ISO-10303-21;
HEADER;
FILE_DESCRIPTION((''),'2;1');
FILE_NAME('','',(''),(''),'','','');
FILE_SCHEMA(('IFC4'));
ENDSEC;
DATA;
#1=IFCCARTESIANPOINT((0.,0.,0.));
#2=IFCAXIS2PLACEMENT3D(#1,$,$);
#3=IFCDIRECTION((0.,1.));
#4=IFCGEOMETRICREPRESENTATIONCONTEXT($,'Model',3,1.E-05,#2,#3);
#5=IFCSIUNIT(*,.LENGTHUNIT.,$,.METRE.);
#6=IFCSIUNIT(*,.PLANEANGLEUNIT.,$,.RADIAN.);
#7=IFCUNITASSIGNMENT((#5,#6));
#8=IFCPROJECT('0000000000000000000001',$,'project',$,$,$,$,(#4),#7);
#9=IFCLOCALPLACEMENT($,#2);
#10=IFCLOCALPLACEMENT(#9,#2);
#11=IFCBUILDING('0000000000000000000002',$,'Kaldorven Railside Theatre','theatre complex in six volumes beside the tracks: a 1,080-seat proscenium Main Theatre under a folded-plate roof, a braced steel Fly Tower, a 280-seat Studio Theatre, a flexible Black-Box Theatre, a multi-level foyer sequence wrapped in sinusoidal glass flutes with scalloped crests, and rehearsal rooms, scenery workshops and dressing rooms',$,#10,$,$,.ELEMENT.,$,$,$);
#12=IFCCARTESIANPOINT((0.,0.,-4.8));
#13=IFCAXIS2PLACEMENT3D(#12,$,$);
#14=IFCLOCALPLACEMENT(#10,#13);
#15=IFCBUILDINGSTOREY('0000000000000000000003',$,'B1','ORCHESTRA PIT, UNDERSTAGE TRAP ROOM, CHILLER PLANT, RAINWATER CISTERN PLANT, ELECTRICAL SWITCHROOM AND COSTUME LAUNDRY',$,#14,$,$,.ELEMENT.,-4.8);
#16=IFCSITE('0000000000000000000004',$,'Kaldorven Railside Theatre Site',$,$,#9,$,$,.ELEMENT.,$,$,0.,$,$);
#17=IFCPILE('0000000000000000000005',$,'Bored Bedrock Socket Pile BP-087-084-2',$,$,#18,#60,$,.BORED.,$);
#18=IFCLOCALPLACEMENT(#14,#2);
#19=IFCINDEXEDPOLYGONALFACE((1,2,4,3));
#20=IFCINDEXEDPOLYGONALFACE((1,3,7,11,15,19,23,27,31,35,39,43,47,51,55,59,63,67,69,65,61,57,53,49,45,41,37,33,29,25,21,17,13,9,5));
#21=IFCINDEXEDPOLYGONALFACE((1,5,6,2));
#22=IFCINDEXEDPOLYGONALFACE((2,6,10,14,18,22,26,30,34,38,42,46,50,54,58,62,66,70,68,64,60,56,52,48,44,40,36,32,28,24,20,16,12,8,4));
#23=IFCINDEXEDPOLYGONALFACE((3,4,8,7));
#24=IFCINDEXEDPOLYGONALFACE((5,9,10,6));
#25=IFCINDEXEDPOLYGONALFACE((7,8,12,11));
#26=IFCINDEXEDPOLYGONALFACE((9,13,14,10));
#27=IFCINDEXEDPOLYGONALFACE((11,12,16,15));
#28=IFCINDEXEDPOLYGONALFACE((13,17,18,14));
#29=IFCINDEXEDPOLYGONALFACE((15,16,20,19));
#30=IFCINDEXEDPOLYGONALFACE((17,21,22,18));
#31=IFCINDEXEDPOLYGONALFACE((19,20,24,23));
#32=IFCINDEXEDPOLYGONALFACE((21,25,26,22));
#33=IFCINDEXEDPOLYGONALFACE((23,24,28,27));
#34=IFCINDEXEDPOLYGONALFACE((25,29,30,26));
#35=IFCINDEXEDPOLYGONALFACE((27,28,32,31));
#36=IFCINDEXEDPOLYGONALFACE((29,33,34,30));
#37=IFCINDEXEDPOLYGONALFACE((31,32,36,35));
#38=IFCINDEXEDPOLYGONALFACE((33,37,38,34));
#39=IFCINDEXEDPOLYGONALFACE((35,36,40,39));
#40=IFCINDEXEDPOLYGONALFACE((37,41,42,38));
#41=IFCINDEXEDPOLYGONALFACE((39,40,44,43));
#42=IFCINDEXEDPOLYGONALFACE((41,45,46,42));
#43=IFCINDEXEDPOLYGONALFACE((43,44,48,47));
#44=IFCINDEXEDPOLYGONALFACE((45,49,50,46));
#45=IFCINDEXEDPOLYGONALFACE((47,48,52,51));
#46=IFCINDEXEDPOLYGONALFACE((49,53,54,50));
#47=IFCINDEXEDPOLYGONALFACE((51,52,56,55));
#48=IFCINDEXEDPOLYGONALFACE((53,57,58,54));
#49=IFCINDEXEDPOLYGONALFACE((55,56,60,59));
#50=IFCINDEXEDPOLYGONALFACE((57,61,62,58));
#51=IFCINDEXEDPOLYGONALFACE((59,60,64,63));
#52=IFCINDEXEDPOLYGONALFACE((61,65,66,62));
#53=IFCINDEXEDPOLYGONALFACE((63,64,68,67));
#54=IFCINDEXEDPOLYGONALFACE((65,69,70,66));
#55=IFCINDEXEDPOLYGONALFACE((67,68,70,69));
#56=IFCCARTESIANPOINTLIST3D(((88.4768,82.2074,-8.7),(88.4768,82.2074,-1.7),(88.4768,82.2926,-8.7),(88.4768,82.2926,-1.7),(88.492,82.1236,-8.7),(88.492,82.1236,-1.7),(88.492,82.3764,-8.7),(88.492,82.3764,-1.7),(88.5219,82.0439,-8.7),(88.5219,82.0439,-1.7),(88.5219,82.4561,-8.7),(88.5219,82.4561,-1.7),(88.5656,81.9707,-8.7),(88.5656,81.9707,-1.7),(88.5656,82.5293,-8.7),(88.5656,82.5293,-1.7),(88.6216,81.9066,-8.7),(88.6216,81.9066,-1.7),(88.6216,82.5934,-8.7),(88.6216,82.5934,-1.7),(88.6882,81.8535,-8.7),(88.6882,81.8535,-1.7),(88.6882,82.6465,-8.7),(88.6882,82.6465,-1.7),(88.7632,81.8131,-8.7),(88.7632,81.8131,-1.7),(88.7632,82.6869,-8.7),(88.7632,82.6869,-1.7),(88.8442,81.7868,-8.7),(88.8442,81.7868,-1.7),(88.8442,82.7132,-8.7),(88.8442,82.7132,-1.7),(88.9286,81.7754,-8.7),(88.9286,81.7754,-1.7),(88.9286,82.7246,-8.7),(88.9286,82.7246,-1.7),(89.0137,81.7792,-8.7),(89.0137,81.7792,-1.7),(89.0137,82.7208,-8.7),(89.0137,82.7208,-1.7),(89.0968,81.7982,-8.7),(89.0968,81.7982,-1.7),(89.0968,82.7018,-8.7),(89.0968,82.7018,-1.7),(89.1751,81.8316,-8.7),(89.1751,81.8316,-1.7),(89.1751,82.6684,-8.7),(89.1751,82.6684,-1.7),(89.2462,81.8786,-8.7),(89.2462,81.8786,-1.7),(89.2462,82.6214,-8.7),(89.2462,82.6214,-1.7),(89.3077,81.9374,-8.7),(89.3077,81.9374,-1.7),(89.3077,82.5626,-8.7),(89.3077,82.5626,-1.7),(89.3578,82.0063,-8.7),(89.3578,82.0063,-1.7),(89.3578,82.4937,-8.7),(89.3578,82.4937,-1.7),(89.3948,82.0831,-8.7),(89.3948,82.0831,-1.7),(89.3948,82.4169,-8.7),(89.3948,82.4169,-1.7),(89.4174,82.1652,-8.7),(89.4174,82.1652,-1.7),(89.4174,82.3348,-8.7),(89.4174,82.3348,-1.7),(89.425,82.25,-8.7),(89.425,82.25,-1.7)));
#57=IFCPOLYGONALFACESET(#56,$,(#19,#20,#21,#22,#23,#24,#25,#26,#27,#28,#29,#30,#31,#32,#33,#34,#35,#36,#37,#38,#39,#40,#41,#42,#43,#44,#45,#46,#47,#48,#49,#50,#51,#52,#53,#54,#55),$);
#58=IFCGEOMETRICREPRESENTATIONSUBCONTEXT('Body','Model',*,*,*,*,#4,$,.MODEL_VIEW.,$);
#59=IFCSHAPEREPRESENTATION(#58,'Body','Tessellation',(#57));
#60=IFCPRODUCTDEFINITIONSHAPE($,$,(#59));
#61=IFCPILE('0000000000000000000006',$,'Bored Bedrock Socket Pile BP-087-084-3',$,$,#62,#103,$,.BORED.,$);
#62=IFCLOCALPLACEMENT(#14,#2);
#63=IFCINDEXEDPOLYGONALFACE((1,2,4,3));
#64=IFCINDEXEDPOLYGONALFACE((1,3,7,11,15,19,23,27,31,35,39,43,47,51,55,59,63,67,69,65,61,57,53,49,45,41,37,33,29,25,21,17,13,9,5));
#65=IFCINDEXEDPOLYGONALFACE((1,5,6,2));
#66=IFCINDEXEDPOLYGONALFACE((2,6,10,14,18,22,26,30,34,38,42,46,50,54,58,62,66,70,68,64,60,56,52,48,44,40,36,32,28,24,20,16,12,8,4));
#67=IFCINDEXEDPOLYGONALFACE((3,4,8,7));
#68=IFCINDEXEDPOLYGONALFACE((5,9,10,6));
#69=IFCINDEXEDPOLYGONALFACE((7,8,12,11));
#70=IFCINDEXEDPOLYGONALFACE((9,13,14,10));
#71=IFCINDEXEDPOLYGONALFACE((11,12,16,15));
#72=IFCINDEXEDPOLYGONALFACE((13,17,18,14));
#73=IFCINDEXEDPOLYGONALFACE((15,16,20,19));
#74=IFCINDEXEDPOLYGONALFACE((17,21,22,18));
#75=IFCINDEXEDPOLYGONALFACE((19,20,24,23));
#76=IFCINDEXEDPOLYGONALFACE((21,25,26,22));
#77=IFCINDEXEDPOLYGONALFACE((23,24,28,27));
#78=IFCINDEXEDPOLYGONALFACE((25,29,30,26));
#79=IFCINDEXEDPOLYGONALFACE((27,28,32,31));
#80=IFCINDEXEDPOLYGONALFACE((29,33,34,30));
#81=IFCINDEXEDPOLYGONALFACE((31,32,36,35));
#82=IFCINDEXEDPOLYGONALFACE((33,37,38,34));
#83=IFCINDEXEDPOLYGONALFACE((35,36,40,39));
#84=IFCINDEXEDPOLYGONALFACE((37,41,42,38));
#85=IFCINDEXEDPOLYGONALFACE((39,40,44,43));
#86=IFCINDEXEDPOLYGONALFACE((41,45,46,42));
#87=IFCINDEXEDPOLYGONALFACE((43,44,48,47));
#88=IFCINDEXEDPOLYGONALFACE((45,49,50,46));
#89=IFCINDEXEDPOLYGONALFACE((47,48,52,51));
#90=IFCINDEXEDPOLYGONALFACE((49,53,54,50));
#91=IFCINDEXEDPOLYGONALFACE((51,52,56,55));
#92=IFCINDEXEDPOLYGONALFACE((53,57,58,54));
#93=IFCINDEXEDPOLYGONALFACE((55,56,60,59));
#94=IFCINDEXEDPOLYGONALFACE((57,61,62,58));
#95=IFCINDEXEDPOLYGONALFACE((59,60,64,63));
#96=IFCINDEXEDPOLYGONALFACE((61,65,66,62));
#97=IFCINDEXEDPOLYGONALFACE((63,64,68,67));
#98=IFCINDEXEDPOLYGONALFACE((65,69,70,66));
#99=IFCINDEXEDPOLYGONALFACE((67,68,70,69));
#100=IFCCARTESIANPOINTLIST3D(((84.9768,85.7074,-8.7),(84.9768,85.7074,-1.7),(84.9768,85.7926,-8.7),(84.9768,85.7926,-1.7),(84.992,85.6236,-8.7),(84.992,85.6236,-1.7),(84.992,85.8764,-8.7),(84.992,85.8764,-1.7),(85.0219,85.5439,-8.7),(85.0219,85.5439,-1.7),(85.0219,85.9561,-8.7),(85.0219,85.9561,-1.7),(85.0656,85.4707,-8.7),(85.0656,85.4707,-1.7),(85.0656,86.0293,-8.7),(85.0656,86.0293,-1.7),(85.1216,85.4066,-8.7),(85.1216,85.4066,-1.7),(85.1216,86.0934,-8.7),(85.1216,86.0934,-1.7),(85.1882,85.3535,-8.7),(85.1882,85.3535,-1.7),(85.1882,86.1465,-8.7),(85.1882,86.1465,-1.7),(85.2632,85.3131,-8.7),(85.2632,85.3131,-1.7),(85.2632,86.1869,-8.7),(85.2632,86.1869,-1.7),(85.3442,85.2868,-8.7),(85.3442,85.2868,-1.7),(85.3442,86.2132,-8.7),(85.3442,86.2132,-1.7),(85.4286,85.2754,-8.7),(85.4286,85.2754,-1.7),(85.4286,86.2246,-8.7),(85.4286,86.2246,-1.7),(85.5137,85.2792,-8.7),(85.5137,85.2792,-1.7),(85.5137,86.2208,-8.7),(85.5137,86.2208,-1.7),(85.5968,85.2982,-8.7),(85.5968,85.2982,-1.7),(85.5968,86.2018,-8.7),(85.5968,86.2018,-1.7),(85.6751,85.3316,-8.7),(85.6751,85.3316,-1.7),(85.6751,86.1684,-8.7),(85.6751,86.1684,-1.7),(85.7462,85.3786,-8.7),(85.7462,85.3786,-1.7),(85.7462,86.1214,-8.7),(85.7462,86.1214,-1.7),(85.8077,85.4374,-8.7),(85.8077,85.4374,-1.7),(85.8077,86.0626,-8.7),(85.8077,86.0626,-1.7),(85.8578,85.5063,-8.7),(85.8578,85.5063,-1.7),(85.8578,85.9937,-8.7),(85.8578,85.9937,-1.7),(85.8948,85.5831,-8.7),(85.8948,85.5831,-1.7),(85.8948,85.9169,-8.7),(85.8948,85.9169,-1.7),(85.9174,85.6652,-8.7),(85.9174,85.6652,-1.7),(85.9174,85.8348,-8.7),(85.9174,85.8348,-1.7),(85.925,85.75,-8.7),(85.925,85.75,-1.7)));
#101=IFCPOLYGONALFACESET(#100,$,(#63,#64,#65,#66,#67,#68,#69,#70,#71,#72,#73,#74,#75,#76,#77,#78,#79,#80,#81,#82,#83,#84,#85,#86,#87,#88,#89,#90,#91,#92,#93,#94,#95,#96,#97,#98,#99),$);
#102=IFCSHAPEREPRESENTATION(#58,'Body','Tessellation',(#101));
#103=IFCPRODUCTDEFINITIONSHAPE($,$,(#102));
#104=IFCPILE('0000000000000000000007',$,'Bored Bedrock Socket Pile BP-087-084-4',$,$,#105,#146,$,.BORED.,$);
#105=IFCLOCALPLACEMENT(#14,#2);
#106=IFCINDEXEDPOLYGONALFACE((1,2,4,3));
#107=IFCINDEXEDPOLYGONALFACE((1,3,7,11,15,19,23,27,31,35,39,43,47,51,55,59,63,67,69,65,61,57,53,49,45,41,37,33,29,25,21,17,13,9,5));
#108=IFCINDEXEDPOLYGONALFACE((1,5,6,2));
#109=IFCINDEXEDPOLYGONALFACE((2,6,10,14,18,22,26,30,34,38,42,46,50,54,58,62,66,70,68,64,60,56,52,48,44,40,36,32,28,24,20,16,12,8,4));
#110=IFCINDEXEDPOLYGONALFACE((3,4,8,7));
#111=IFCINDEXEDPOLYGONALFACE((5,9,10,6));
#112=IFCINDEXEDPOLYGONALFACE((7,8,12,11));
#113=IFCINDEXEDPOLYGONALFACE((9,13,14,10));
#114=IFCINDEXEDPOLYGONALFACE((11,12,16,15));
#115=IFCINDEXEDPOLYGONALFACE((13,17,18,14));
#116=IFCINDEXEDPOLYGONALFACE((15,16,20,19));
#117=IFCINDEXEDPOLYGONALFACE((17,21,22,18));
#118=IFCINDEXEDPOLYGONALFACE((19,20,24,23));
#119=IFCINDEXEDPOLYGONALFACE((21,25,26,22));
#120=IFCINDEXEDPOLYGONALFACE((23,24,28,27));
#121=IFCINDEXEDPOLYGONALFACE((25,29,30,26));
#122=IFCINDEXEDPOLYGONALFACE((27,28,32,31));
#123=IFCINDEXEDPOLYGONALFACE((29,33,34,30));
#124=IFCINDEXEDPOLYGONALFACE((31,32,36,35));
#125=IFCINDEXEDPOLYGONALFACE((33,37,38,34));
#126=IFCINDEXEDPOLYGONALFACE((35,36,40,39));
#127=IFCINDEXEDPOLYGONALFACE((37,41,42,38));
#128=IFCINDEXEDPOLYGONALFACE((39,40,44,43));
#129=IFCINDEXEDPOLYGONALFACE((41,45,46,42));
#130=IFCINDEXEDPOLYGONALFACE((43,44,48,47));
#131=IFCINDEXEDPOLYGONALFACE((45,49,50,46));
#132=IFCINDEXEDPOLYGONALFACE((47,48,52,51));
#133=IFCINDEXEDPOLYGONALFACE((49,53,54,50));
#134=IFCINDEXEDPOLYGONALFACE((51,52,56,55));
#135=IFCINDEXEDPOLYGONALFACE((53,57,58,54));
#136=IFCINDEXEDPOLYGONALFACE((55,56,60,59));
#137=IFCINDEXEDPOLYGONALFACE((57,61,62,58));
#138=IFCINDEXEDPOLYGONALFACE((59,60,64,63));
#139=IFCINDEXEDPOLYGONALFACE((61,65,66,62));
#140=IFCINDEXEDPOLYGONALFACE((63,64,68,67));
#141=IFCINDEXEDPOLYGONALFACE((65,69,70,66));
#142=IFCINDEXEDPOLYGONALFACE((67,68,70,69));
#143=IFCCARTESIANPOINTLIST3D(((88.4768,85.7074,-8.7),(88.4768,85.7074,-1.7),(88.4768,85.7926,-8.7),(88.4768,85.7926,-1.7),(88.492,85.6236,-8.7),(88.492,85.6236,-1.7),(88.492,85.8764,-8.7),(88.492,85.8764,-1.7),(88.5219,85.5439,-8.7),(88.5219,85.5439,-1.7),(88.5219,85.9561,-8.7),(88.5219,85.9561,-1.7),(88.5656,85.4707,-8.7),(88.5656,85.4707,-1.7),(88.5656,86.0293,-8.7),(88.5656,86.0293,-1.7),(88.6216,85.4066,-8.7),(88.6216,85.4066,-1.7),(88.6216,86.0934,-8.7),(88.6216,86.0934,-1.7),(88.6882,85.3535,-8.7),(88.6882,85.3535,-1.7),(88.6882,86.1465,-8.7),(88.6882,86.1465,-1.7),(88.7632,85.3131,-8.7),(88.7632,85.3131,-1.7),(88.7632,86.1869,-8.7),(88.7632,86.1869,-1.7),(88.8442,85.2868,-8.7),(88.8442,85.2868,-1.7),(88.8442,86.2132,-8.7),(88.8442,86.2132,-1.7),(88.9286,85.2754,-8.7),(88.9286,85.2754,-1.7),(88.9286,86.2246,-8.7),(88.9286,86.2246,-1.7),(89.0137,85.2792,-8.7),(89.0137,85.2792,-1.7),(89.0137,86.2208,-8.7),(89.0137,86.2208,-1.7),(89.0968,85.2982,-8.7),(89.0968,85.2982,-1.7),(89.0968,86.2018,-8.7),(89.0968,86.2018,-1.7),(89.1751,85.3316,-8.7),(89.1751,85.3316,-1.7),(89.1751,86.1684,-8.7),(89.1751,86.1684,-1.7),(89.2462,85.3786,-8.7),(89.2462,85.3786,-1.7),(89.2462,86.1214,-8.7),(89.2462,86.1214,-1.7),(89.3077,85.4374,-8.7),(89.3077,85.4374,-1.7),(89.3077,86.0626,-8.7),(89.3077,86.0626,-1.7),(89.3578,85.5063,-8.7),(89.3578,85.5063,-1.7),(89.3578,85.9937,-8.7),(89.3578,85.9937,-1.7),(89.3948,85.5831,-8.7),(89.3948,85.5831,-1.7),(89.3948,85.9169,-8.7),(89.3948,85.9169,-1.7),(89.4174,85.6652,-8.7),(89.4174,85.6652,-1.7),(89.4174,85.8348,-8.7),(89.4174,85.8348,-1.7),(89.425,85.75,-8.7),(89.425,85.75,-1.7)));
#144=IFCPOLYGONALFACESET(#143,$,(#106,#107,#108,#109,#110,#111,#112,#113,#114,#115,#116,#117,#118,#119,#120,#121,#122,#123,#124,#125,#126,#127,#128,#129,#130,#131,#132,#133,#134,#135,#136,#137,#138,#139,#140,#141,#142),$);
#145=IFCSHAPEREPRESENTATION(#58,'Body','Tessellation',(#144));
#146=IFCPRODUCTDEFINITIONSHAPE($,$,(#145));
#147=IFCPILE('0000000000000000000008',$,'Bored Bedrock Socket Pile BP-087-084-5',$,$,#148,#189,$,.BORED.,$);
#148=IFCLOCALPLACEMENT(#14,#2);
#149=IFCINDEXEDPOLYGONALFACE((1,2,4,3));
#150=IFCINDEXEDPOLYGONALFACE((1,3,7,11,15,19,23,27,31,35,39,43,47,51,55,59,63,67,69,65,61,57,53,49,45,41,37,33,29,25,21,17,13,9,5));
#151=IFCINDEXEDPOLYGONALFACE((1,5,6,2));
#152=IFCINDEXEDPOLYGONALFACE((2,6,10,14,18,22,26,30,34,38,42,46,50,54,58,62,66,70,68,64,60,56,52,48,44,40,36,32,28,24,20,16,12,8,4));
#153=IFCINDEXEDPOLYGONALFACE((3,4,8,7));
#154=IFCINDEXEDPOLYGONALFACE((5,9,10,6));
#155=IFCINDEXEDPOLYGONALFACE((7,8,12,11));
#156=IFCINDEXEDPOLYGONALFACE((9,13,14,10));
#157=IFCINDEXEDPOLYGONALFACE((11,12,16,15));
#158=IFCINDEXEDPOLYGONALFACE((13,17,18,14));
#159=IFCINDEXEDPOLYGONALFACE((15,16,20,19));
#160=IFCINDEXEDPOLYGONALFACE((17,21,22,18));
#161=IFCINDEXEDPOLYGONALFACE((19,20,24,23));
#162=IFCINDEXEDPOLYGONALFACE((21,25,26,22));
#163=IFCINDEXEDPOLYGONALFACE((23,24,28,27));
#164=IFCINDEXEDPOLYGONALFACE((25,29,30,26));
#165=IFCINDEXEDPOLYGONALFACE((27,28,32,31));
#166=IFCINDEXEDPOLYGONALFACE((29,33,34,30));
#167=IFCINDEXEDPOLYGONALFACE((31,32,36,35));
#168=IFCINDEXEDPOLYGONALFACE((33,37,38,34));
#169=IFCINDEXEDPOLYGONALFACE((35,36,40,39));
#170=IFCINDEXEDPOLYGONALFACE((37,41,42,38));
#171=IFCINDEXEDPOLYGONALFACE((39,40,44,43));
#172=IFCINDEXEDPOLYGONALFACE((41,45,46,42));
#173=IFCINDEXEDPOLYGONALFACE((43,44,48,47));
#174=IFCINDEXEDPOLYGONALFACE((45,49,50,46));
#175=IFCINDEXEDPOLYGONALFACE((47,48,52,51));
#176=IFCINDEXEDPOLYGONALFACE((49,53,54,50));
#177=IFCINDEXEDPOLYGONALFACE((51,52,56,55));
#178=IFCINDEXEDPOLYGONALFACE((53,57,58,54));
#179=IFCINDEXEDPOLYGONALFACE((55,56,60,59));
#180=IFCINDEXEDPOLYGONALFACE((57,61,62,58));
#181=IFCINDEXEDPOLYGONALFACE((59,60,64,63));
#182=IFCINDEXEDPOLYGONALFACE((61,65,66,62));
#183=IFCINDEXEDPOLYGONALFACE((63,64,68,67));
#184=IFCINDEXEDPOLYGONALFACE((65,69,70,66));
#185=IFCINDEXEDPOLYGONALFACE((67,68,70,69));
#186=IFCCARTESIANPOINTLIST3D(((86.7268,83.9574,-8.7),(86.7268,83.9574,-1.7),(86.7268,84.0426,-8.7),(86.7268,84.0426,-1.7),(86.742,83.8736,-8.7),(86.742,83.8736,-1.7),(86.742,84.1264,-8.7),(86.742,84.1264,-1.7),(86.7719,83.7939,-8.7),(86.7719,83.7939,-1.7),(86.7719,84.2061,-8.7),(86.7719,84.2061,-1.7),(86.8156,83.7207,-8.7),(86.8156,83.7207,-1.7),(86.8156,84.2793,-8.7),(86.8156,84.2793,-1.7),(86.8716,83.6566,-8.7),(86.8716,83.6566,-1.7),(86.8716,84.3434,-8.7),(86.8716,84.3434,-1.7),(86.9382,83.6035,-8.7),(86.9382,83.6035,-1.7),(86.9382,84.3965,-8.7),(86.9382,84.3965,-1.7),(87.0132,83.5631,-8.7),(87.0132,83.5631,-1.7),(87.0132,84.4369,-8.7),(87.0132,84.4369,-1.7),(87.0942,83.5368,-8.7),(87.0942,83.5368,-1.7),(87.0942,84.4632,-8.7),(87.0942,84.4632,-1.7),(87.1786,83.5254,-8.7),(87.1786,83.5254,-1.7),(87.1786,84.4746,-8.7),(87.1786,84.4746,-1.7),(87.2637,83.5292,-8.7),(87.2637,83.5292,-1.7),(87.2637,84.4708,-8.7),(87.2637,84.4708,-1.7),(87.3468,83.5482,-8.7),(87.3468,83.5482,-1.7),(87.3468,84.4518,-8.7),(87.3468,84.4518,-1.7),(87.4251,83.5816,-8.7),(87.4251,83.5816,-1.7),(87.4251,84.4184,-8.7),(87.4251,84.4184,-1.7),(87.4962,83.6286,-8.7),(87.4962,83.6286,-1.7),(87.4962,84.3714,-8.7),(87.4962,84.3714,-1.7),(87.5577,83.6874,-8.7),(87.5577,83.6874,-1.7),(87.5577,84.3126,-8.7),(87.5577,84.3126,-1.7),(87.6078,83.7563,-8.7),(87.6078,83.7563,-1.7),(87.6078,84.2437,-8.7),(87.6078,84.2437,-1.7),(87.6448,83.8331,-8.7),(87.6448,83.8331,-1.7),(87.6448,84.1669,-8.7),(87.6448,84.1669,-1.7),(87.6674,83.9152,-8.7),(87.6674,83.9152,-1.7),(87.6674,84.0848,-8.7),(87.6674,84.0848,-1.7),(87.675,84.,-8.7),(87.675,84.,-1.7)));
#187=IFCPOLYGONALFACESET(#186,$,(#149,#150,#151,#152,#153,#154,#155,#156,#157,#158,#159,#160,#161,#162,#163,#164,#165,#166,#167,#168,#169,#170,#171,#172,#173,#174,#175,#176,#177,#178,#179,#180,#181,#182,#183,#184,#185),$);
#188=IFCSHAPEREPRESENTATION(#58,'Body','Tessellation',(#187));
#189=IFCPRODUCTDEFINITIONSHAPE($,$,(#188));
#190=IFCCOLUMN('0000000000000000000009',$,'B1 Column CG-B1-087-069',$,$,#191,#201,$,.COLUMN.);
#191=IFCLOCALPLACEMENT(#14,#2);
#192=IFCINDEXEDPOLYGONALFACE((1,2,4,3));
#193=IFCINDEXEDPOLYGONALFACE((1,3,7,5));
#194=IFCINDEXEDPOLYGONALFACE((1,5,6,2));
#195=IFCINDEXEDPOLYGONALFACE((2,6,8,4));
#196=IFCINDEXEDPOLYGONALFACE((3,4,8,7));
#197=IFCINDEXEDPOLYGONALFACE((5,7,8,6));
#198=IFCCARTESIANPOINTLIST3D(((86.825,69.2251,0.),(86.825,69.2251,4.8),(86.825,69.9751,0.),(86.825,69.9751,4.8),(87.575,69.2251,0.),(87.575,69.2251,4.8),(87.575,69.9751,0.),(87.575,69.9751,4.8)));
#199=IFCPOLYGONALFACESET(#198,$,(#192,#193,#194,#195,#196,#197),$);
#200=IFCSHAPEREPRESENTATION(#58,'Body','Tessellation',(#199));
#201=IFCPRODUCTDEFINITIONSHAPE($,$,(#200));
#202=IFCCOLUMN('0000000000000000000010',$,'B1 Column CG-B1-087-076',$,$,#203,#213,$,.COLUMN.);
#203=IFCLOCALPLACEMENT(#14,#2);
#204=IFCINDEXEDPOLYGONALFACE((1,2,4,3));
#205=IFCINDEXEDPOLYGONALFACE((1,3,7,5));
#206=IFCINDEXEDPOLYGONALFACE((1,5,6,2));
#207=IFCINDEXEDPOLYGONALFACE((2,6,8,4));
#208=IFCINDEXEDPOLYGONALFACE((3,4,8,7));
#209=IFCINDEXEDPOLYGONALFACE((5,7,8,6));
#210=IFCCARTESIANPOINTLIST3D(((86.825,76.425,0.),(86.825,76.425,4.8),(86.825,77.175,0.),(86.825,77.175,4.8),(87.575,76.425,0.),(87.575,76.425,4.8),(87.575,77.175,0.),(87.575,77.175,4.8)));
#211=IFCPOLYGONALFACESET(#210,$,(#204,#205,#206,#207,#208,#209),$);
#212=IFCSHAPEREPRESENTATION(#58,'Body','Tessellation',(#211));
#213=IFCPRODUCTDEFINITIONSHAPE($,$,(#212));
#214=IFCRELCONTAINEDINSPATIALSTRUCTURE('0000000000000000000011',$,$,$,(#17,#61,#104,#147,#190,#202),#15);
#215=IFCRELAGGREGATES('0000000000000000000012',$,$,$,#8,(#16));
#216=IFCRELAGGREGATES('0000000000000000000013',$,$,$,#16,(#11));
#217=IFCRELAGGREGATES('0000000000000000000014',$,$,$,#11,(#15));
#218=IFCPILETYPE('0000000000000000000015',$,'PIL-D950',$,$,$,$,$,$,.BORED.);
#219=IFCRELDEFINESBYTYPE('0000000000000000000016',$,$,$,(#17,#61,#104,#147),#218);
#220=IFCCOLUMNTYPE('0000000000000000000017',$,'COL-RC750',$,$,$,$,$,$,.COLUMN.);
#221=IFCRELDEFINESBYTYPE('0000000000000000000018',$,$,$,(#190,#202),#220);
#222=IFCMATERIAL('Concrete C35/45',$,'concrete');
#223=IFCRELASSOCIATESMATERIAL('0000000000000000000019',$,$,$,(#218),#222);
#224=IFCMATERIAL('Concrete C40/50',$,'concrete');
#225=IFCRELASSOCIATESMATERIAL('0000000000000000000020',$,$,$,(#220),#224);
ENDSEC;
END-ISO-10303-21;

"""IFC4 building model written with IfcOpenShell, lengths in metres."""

from ifc_helpers import new_model, si_unit, direction, frame, origin, origin_2d, place, context, subcontext, project, spatial, rectangle, circle, extrude, material, material_profile, profile_set, type_object, element, save


model = new_model("IFC4")

# Units and contexts
model_context = context("Model", 3, precision=1e-05, world=origin(), true_north=direction((0.0, 1.0)))
body_context = subcontext(model_context, "Body", "Model", "MODEL_VIEW")
ifc_project = project(units=[si_unit("LENGTHUNIT", "METRE"), si_unit("PLANEANGLEUNIT", "RADIAN")], contexts=[model_context])

# Site, building, storey
site_placement = place(None, origin())
site = spatial("IfcSite", under=ifc_project, at=site_placement, Name="Kaldorven Railside Theatre Site", CompositionType="ELEMENT", RefElevation=0.0)
building_placement = place(site_placement, origin())
building = spatial("IfcBuilding", under=site, at=building_placement, Name="Kaldorven Railside Theatre", Description="theatre complex in six volumes beside the tracks: a 1,080-seat proscenium Main Theatre under a folded-plate roof, a braced steel Fly Tower, a 280-seat Studio Theatre, a flexible Black-Box Theatre, a multi-level foyer sequence wrapped in sinusoidal glass flutes with scalloped crests, and rehearsal rooms, scenery workshops and dressing rooms", CompositionType="ELEMENT")
storey_placement = place(building_placement, frame((0.0, 0.0, -4.8)))
storey = spatial("IfcBuildingStorey", under=building, at=storey_placement, Name="B1", Description="ORCHESTRA PIT, UNDERSTAGE TRAP ROOM, CHILLER PLANT, RAINWATER CISTERN PLANT, ELECTRICAL SWITCHROOM AND COSTUME LAUNDRY", CompositionType="ELEMENT", Elevation=-4.8)

# Shared definitions
ifc_material_1 = material(Name="Concrete C40/50", Category="concrete")

# Piles
ifc_material_2 = material(Name="Concrete C35/45", Category="concrete")
ifc_material_profile_1 = material_profile(ifc_material_2, circle(Radius=0.4751, at=origin_2d()), Name="BP D950")
ifc_profile_set_1 = profile_set([ifc_material_profile_1], Name="Concrete C35/45")
pile_type_1 = type_object("IfcPileType", Name="PIL-D950", PredefinedType="BORED", material=ifc_profile_set_1)
for number, where, z_axis, x_axis, name in (
    (1, (88.95, 82.25, -1.7), (0.0, 0.0, -1.0), (1.0, 0.0, 0.0), "Bored Bedrock Socket Pile BP-087-084-2"),
    (2, (85.45, 85.75, -1.7), (0.0, 0.0, -1.0), (1.0, 0.0, 0.0), "Bored Bedrock Socket Pile BP-087-084-3"),
    (3, (88.95, 85.75, -1.7), (0.0, 0.0, -1.0), (1.0, 0.0, 0.0), "Bored Bedrock Socket Pile BP-087-084-4"),
    (4, (87.2, 84.0, -1.7), (0.0, 0.0, -1.0), (1.0, 0.0, 0.0), "Bored Bedrock Socket Pile BP-087-084-5"),
):
    element("IfcPile", number, at=place(storey_placement, frame(where, z_axis=z_axis, x_axis=x_axis)), inside=storey, type_object=pile_type_1, Name=name, PredefinedType="BORED", context=body_context, shape_type="SweptSolid", body=[
        extrude(circle(Radius=0.4751, at=origin_2d()), origin(), (0.0, 0.0, 1.0), 7.0),
    ])

# Columns
ifc_material_profile_2 = material_profile(ifc_material_1, rectangle(XDim=0.75, YDim=0.75, at=origin_2d()), Name="RC 750x750")
ifc_profile_set_2 = profile_set([ifc_material_profile_2], Name="Concrete C40/50")
column_type = type_object("IfcColumnType", Name="COL-RC750", PredefinedType="COLUMN", material=ifc_profile_set_2)
for number, where, z_axis, x_axis, name in (
    (5, (87.2, 69.6001, 0.0), (0.0, 0.0, 1.0), (1.0, 0.0, 0.0), "B1 Column CG-B1-087-069"),
    (6, (87.2, 76.8, 0.0), (0.0, 0.0, 1.0), (1.0, 0.0, 0.0), "B1 Column CG-B1-087-076"),
):
    element("IfcColumn", number, at=place(storey_placement, frame(where, z_axis=z_axis, x_axis=x_axis)), inside=storey, type_object=column_type, Name=name, PredefinedType="COLUMN", context=body_context, shape_type="SweptSolid", body=[
        extrude(rectangle(XDim=0.75, YDim=0.75, at=origin_2d()), origin(), (0.0, 0.0, 1.0), 4.8),
    ])

save(model, "model.ifc")
